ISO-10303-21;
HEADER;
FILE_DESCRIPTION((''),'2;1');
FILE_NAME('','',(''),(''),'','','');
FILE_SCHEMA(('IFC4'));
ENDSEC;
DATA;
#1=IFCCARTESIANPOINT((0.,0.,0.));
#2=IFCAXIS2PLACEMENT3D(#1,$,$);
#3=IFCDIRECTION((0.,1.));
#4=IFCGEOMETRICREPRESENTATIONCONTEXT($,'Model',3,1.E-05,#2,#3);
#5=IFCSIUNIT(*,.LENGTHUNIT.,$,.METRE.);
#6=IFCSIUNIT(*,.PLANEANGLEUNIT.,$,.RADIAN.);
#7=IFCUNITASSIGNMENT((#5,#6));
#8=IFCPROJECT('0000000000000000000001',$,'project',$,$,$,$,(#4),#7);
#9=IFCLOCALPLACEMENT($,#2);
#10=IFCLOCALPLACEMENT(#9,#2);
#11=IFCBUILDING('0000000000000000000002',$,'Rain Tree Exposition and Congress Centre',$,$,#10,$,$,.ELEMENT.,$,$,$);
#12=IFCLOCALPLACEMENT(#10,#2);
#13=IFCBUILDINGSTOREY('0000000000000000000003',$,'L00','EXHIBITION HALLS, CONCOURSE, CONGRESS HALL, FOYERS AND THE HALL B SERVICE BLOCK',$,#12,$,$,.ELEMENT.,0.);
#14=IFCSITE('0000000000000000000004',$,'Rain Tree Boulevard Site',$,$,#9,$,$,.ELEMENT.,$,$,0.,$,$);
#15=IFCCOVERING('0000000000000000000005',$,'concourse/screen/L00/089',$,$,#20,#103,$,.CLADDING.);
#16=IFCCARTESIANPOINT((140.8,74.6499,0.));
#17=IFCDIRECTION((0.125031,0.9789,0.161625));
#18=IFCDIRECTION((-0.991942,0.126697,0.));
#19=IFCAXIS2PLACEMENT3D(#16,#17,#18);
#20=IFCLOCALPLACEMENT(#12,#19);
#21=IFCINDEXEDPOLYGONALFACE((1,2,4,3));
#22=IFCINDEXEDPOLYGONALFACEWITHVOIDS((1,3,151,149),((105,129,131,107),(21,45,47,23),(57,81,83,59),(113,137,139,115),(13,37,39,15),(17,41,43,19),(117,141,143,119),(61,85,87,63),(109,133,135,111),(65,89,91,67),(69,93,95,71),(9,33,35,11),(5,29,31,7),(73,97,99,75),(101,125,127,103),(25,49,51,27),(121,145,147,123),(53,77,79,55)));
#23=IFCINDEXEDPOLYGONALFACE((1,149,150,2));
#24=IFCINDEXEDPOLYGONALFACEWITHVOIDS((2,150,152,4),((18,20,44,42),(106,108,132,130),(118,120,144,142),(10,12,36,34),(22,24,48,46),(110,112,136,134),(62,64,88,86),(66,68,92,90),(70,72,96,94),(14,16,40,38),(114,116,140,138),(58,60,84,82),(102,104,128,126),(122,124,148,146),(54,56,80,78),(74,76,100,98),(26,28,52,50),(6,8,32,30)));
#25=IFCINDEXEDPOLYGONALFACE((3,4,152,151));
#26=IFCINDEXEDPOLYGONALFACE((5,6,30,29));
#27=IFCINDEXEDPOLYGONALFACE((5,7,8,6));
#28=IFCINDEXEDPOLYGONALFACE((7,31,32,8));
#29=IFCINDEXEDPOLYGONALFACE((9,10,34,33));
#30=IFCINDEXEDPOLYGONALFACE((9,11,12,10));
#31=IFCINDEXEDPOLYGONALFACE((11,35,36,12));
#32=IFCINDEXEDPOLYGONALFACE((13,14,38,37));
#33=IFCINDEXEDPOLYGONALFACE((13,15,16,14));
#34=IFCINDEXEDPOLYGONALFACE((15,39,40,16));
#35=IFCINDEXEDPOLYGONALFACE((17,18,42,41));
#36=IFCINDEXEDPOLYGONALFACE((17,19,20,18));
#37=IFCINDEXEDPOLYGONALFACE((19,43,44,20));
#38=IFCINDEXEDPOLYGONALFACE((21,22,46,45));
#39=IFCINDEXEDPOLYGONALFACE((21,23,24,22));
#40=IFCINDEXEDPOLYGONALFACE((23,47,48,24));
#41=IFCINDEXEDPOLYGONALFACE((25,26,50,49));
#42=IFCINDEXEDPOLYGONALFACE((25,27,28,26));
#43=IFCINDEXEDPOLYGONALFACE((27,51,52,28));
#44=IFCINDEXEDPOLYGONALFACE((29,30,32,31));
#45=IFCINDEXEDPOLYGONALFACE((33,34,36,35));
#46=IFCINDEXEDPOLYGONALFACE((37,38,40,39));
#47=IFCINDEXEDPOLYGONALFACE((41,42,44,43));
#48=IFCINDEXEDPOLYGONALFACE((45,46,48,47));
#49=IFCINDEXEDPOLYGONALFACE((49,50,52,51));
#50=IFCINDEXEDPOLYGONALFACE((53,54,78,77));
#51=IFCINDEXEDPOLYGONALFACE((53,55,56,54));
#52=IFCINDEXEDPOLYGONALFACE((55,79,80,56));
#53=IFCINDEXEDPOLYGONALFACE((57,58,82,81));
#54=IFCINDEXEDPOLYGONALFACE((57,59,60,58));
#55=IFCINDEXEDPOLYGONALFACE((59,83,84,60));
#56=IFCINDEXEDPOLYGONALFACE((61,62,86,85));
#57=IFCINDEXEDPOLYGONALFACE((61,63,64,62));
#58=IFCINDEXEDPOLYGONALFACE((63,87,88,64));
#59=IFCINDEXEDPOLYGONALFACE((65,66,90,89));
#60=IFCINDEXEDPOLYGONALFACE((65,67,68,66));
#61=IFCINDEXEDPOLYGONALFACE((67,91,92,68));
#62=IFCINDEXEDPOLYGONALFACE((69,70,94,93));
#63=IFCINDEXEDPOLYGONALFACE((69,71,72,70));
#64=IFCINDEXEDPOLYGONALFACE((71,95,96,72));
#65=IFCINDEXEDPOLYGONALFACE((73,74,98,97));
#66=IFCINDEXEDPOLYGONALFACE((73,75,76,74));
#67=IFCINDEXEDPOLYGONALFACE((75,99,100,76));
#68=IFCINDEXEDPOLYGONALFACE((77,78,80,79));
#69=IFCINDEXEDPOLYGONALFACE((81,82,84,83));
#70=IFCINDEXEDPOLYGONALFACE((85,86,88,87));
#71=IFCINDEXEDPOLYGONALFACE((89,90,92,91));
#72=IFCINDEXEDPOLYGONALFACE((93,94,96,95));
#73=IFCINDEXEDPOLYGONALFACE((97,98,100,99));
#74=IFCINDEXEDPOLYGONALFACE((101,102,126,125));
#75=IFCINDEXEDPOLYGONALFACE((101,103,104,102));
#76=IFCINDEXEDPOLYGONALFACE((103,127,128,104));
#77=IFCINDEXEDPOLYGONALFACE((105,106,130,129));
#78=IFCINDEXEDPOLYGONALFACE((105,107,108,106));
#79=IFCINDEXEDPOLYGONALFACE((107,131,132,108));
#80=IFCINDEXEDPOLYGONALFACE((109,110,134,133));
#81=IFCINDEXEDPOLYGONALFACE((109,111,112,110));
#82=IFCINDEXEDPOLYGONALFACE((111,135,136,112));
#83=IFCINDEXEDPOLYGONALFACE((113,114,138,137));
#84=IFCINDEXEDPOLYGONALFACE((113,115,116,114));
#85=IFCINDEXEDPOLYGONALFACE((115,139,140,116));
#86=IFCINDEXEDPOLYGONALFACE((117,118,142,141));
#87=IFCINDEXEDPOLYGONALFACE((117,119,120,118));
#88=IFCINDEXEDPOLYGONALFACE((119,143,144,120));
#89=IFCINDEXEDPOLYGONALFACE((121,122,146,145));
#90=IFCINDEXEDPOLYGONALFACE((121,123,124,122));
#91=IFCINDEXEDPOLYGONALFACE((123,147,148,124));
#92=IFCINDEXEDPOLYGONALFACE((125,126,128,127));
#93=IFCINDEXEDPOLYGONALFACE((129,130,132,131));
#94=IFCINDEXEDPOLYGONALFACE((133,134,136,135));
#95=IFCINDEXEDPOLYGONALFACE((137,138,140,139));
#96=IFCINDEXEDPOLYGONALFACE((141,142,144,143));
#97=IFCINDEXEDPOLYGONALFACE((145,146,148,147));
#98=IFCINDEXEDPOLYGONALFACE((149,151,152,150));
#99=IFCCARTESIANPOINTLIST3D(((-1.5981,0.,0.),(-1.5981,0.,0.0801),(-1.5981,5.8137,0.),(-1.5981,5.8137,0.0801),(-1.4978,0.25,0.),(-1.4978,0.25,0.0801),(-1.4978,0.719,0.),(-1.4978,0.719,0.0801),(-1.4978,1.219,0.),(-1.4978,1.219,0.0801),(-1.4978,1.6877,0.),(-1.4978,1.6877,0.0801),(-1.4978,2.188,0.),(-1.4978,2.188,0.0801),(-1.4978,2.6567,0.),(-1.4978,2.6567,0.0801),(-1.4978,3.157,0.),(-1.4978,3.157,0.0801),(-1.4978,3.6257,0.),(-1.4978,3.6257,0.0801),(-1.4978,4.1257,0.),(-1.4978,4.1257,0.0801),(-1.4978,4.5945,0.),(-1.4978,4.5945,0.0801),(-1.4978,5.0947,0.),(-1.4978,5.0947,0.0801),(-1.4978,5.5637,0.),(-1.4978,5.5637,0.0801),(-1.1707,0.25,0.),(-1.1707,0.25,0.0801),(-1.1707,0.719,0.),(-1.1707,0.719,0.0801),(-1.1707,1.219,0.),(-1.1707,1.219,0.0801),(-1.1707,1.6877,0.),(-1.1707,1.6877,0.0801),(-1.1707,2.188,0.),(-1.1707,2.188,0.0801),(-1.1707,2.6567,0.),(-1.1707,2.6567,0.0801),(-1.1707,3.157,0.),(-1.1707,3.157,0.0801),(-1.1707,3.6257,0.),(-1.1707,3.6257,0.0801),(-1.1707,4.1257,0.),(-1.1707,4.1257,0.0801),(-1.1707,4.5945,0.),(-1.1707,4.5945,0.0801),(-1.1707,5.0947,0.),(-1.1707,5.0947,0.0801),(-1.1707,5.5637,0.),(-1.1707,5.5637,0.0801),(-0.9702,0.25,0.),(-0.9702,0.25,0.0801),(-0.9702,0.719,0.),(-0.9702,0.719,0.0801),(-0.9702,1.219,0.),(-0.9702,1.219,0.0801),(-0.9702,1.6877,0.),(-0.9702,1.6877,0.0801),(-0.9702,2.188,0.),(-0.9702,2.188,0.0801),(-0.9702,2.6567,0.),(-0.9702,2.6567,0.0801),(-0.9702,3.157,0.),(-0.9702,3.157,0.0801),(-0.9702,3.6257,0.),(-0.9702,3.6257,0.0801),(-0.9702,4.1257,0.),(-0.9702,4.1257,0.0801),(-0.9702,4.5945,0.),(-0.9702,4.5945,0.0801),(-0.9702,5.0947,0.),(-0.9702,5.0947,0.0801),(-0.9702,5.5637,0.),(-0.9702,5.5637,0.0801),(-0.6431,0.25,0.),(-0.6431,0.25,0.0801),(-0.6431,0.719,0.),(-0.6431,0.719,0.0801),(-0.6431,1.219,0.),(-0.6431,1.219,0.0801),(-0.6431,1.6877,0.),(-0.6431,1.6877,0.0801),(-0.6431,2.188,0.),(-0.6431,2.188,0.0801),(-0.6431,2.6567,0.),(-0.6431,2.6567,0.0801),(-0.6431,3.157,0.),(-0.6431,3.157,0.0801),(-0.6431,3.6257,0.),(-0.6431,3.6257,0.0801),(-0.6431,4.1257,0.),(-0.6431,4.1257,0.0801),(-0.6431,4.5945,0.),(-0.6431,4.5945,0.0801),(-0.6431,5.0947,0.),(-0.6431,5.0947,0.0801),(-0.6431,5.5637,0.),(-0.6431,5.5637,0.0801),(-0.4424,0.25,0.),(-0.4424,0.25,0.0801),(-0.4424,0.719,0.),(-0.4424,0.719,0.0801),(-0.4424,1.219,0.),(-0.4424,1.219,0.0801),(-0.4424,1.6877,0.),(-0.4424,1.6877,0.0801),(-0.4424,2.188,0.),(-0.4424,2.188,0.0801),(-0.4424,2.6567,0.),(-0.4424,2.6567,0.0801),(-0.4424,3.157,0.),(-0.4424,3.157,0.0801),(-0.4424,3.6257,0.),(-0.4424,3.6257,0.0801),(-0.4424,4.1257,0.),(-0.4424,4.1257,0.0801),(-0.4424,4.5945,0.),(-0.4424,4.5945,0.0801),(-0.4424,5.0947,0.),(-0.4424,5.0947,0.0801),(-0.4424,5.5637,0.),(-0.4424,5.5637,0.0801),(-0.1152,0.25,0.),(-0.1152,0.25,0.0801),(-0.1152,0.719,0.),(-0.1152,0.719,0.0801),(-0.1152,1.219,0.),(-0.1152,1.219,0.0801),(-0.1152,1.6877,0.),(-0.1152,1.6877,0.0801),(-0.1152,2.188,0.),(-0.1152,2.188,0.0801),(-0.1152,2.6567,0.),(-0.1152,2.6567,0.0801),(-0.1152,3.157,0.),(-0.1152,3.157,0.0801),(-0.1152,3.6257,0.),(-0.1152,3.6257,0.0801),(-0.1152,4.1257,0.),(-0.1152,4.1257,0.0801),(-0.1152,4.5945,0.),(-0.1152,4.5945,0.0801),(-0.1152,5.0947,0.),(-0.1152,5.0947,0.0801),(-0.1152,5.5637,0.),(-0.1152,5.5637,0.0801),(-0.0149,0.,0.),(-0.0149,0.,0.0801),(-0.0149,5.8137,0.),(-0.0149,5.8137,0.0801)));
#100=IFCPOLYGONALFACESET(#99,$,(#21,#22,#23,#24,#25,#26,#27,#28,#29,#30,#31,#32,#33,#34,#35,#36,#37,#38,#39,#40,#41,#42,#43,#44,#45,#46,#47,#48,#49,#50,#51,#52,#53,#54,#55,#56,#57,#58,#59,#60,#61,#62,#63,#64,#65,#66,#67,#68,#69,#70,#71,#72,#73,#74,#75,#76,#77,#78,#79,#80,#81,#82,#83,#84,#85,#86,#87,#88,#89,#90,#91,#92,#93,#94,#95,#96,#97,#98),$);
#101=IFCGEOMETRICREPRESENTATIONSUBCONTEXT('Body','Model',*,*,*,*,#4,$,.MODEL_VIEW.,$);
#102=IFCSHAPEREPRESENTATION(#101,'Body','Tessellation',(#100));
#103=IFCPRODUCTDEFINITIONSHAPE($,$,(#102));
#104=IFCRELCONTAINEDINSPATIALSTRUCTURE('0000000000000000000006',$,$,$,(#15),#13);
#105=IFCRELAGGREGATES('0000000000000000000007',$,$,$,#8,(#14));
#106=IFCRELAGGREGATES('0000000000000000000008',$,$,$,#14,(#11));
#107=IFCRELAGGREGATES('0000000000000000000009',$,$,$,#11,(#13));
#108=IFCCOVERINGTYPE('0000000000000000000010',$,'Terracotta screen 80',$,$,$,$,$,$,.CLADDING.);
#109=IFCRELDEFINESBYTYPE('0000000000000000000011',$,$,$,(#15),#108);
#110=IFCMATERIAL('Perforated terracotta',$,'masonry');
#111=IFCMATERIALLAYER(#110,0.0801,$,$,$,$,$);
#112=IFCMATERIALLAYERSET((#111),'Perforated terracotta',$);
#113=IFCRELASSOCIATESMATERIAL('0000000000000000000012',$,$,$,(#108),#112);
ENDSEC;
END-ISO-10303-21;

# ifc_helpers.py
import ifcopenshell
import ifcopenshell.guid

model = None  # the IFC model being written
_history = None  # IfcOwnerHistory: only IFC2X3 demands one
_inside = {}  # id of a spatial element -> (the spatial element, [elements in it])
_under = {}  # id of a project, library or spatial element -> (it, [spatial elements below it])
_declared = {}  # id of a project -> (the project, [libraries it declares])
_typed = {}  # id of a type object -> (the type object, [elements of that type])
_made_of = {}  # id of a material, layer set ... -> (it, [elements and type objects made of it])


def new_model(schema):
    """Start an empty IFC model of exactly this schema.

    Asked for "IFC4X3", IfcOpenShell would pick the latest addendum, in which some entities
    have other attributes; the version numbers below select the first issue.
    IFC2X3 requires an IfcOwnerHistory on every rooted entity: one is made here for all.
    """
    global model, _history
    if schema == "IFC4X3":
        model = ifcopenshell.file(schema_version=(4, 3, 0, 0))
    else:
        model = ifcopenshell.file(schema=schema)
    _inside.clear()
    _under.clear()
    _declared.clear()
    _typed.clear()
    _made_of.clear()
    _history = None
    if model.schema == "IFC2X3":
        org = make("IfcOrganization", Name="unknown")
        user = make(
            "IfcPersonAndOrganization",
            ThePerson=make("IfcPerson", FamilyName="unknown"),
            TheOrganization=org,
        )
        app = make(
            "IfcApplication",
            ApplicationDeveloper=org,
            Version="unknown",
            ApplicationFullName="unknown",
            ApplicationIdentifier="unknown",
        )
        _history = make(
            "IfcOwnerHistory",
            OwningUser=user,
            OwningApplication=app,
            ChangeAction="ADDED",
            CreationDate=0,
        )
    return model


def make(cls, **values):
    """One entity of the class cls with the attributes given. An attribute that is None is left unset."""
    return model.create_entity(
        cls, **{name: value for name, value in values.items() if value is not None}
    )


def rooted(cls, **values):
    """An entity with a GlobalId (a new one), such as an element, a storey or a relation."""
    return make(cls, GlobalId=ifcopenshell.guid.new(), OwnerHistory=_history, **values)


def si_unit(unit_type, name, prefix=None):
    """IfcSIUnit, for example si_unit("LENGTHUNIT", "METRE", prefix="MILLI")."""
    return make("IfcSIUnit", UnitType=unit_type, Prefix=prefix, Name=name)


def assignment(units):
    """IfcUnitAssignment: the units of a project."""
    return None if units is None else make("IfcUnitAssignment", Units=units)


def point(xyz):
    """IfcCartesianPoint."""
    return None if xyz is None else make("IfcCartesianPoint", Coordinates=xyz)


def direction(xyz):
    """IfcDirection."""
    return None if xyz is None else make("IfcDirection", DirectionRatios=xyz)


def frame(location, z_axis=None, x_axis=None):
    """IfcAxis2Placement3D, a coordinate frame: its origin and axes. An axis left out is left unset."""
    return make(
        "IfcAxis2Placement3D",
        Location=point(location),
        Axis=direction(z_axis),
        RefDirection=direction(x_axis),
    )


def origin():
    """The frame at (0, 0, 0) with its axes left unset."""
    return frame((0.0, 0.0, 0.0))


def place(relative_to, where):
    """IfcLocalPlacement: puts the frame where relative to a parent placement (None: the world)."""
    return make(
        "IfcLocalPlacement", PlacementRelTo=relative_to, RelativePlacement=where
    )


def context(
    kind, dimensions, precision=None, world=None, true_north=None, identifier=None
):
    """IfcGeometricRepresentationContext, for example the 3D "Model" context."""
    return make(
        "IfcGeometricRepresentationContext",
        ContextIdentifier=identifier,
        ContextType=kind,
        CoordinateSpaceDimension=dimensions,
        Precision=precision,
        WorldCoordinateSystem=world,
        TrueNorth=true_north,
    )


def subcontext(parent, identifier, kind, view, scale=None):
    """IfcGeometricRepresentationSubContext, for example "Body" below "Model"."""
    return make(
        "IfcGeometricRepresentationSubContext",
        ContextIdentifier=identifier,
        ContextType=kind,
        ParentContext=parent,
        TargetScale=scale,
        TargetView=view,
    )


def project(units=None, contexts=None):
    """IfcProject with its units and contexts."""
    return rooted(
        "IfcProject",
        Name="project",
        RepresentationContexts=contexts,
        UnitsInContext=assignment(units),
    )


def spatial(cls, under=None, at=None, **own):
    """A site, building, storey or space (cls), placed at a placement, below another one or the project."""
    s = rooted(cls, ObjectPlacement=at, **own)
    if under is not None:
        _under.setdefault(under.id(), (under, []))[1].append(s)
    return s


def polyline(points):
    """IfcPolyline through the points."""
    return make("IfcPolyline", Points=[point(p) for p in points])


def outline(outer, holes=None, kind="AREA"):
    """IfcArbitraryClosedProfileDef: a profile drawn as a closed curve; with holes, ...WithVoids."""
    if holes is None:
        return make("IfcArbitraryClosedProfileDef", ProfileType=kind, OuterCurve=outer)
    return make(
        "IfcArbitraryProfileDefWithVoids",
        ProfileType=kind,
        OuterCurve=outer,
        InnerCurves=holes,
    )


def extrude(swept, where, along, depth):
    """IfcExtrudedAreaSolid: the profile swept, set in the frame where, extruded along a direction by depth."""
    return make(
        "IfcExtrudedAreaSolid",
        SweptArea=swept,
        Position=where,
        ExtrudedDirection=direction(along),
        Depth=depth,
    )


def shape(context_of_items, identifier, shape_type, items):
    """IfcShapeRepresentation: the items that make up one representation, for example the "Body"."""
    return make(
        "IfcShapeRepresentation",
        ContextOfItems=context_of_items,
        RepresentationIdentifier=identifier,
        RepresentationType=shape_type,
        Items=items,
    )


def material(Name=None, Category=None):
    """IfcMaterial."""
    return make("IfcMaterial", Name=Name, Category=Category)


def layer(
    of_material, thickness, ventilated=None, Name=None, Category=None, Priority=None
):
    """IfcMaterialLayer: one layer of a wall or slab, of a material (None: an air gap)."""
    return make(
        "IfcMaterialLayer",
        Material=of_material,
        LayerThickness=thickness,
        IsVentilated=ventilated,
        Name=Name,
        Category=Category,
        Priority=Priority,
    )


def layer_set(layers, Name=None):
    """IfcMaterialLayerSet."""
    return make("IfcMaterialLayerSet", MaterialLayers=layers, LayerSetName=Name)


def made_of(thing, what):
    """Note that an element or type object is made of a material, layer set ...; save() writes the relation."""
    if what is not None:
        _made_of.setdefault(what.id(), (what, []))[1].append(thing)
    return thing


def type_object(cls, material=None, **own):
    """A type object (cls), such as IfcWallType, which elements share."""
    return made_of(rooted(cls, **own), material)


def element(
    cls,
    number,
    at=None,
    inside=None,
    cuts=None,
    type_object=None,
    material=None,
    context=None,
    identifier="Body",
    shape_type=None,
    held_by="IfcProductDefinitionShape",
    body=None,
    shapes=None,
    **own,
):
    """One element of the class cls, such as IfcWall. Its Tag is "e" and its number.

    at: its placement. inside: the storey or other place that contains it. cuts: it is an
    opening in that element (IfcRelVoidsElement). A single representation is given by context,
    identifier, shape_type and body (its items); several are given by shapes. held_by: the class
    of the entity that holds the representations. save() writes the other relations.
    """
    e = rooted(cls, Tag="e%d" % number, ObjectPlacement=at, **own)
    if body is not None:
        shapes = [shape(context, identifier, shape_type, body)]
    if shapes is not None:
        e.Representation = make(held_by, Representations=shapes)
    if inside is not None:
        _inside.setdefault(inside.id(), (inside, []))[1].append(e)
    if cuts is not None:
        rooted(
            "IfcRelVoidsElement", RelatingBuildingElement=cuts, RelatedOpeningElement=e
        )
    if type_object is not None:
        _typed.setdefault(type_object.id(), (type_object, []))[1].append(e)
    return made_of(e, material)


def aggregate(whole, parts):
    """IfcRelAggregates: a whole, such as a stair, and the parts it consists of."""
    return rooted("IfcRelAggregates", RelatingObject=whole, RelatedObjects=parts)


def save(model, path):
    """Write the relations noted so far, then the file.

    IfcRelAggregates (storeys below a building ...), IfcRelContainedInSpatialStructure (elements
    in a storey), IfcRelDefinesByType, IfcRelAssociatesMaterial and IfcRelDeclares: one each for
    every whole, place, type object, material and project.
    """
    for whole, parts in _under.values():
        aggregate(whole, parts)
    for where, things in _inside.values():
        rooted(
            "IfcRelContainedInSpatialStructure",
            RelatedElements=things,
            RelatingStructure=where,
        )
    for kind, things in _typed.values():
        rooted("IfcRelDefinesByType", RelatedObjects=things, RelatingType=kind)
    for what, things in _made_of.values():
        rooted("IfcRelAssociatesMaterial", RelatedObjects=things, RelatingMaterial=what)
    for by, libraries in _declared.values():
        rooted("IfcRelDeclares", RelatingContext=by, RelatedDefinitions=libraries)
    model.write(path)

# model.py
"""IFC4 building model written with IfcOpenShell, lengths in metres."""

from ifc_helpers import new_model, si_unit, direction, frame, origin, place, context, subcontext, project, spatial, polyline, outline, extrude, material, layer, layer_set, type_object, element, save


model = new_model("IFC4")

# Units and contexts
model_context = context("Model", 3, precision=1e-05, world=origin(), true_north=direction((0.0, 1.0)))
body_context = subcontext(model_context, "Body", "Model", "MODEL_VIEW")
ifc_project = project(units=[si_unit("LENGTHUNIT", "METRE"), si_unit("PLANEANGLEUNIT", "RADIAN")], contexts=[model_context])

# Site, building, storey
site_placement = place(None, origin())
site = spatial("IfcSite", under=ifc_project, at=site_placement, Name="Rain Tree Boulevard Site", CompositionType="ELEMENT", RefElevation=0.0)
building_placement = place(site_placement, origin())
building = spatial("IfcBuilding", under=site, at=building_placement, Name="Rain Tree Exposition and Congress Centre", CompositionType="ELEMENT")
storey_placement = place(building_placement, origin())
storey = spatial("IfcBuildingStorey", under=building, at=storey_placement, Name="L00", Description="EXHIBITION HALLS, CONCOURSE, CONGRESS HALL, FOYERS AND THE HALL B SERVICE BLOCK", CompositionType="ELEMENT", Elevation=0.0)

# Covering
ifc_material_1 = material(Name="Perforated terracotta", Category="masonry")
ifc_layer_1 = layer(ifc_material_1, 0.0801)
ifc_layer_set_1 = layer_set([ifc_layer_1], Name="Perforated terracotta")
covering_type = type_object("IfcCoveringType", Name="Terracotta screen 80", PredefinedType="CLADDING", material=ifc_layer_set_1)
covering_1_placement = place(storey_placement, frame((140.8, 74.6499, 0.0), z_axis=(0.125031, 0.9789, 0.161625), x_axis=(-0.991942, 0.126697, 0.0)))
element("IfcCovering", 1, at=covering_1_placement, inside=storey, type_object=covering_type, Name="concourse/screen/L00/089", PredefinedType="CLADDING", context=body_context, shape_type="SweptSolid", body=[
    extrude(outline(polyline([(-0.0149, 0.0), (-1.5981, 0.0), (-1.5981, 5.8137), (-0.0149, 5.8137), (-0.0149, 0.0)]), holes=[polyline([(-0.1152, 0.25), (-0.1152, 0.719), (-0.4424, 0.719), (-0.4424, 0.25), (-0.1152, 0.25)]), polyline([(-0.1152, 1.219), (-0.1152, 1.6877), (-0.4424, 1.6877), (-0.4424, 1.219), (-0.1152, 1.219)]), polyline([(-0.1152, 2.188), (-0.1152, 2.6567), (-0.4424, 2.6567), (-0.4424, 2.188), (-0.1152, 2.188)]), polyline([(-0.1152, 3.157), (-0.1152, 3.6257), (-0.4424, 3.6257), (-0.4424, 3.157), (-0.1152, 3.157)]), polyline([(-0.1152, 4.1257), (-0.1152, 4.5945), (-0.4424, 4.5945), (-0.4424, 4.1257), (-0.1152, 4.1257)]), polyline([(-0.1152, 5.0947), (-0.1152, 5.5637), (-0.4424, 5.5637), (-0.4424, 5.0947), (-0.1152, 5.0947)]), polyline([(-0.6431, 0.25), (-0.6431, 0.719), (-0.9702, 0.719), (-0.9702, 0.25), (-0.6431, 0.25)]), polyline([(-0.6431, 1.219), (-0.6431, 1.6877), (-0.9702, 1.6877), (-0.9702, 1.219), (-0.6431, 1.219)]), polyline([(-0.6431, 2.188), (-0.6431, 2.6567), (-0.9702, 2.6567), (-0.9702, 2.188), (-0.6431, 2.188)]), polyline([(-0.6431, 3.157), (-0.6431, 3.6257), (-0.9702, 3.6257), (-0.9702, 3.157), (-0.6431, 3.157)]), polyline([(-0.6431, 4.1257), (-0.6431, 4.5945), (-0.9702, 4.5945), (-0.9702, 4.1257), (-0.6431, 4.1257)]), polyline([(-0.6431, 5.0947), (-0.6431, 5.5637), (-0.9702, 5.5637), (-0.9702, 5.0947), (-0.6431, 5.0947)]), polyline([(-1.1707, 0.25), (-1.1707, 0.719), (-1.4978, 0.719), (-1.4978, 0.25), (-1.1707, 0.25)]), polyline([(-1.1707, 1.219), (-1.1707, 1.6877), (-1.4978, 1.6877), (-1.4978, 1.219), (-1.1707, 1.219)]), polyline([(-1.1707, 2.188), (-1.1707, 2.6567), (-1.4978, 2.6567), (-1.4978, 2.188), (-1.1707, 2.188)]), polyline([(-1.1707, 3.157), (-1.1707, 3.6257), (-1.4978, 3.6257), (-1.4978, 3.157), (-1.1707, 3.157)]), polyline([(-1.1707, 4.1257), (-1.1707, 4.5945), (-1.4978, 4.5945), (-1.4978, 4.1257), (-1.1707, 4.1257)]), polyline([(-1.1707, 5.0947), (-1.1707, 5.5637), (-1.4978, 5.5637), (-1.4978, 5.0947), (-1.1707, 5.0947)])]), origin(), (0.0, 0.0, 1.0), 0.0801),
])

save(model, "model.ifc")
